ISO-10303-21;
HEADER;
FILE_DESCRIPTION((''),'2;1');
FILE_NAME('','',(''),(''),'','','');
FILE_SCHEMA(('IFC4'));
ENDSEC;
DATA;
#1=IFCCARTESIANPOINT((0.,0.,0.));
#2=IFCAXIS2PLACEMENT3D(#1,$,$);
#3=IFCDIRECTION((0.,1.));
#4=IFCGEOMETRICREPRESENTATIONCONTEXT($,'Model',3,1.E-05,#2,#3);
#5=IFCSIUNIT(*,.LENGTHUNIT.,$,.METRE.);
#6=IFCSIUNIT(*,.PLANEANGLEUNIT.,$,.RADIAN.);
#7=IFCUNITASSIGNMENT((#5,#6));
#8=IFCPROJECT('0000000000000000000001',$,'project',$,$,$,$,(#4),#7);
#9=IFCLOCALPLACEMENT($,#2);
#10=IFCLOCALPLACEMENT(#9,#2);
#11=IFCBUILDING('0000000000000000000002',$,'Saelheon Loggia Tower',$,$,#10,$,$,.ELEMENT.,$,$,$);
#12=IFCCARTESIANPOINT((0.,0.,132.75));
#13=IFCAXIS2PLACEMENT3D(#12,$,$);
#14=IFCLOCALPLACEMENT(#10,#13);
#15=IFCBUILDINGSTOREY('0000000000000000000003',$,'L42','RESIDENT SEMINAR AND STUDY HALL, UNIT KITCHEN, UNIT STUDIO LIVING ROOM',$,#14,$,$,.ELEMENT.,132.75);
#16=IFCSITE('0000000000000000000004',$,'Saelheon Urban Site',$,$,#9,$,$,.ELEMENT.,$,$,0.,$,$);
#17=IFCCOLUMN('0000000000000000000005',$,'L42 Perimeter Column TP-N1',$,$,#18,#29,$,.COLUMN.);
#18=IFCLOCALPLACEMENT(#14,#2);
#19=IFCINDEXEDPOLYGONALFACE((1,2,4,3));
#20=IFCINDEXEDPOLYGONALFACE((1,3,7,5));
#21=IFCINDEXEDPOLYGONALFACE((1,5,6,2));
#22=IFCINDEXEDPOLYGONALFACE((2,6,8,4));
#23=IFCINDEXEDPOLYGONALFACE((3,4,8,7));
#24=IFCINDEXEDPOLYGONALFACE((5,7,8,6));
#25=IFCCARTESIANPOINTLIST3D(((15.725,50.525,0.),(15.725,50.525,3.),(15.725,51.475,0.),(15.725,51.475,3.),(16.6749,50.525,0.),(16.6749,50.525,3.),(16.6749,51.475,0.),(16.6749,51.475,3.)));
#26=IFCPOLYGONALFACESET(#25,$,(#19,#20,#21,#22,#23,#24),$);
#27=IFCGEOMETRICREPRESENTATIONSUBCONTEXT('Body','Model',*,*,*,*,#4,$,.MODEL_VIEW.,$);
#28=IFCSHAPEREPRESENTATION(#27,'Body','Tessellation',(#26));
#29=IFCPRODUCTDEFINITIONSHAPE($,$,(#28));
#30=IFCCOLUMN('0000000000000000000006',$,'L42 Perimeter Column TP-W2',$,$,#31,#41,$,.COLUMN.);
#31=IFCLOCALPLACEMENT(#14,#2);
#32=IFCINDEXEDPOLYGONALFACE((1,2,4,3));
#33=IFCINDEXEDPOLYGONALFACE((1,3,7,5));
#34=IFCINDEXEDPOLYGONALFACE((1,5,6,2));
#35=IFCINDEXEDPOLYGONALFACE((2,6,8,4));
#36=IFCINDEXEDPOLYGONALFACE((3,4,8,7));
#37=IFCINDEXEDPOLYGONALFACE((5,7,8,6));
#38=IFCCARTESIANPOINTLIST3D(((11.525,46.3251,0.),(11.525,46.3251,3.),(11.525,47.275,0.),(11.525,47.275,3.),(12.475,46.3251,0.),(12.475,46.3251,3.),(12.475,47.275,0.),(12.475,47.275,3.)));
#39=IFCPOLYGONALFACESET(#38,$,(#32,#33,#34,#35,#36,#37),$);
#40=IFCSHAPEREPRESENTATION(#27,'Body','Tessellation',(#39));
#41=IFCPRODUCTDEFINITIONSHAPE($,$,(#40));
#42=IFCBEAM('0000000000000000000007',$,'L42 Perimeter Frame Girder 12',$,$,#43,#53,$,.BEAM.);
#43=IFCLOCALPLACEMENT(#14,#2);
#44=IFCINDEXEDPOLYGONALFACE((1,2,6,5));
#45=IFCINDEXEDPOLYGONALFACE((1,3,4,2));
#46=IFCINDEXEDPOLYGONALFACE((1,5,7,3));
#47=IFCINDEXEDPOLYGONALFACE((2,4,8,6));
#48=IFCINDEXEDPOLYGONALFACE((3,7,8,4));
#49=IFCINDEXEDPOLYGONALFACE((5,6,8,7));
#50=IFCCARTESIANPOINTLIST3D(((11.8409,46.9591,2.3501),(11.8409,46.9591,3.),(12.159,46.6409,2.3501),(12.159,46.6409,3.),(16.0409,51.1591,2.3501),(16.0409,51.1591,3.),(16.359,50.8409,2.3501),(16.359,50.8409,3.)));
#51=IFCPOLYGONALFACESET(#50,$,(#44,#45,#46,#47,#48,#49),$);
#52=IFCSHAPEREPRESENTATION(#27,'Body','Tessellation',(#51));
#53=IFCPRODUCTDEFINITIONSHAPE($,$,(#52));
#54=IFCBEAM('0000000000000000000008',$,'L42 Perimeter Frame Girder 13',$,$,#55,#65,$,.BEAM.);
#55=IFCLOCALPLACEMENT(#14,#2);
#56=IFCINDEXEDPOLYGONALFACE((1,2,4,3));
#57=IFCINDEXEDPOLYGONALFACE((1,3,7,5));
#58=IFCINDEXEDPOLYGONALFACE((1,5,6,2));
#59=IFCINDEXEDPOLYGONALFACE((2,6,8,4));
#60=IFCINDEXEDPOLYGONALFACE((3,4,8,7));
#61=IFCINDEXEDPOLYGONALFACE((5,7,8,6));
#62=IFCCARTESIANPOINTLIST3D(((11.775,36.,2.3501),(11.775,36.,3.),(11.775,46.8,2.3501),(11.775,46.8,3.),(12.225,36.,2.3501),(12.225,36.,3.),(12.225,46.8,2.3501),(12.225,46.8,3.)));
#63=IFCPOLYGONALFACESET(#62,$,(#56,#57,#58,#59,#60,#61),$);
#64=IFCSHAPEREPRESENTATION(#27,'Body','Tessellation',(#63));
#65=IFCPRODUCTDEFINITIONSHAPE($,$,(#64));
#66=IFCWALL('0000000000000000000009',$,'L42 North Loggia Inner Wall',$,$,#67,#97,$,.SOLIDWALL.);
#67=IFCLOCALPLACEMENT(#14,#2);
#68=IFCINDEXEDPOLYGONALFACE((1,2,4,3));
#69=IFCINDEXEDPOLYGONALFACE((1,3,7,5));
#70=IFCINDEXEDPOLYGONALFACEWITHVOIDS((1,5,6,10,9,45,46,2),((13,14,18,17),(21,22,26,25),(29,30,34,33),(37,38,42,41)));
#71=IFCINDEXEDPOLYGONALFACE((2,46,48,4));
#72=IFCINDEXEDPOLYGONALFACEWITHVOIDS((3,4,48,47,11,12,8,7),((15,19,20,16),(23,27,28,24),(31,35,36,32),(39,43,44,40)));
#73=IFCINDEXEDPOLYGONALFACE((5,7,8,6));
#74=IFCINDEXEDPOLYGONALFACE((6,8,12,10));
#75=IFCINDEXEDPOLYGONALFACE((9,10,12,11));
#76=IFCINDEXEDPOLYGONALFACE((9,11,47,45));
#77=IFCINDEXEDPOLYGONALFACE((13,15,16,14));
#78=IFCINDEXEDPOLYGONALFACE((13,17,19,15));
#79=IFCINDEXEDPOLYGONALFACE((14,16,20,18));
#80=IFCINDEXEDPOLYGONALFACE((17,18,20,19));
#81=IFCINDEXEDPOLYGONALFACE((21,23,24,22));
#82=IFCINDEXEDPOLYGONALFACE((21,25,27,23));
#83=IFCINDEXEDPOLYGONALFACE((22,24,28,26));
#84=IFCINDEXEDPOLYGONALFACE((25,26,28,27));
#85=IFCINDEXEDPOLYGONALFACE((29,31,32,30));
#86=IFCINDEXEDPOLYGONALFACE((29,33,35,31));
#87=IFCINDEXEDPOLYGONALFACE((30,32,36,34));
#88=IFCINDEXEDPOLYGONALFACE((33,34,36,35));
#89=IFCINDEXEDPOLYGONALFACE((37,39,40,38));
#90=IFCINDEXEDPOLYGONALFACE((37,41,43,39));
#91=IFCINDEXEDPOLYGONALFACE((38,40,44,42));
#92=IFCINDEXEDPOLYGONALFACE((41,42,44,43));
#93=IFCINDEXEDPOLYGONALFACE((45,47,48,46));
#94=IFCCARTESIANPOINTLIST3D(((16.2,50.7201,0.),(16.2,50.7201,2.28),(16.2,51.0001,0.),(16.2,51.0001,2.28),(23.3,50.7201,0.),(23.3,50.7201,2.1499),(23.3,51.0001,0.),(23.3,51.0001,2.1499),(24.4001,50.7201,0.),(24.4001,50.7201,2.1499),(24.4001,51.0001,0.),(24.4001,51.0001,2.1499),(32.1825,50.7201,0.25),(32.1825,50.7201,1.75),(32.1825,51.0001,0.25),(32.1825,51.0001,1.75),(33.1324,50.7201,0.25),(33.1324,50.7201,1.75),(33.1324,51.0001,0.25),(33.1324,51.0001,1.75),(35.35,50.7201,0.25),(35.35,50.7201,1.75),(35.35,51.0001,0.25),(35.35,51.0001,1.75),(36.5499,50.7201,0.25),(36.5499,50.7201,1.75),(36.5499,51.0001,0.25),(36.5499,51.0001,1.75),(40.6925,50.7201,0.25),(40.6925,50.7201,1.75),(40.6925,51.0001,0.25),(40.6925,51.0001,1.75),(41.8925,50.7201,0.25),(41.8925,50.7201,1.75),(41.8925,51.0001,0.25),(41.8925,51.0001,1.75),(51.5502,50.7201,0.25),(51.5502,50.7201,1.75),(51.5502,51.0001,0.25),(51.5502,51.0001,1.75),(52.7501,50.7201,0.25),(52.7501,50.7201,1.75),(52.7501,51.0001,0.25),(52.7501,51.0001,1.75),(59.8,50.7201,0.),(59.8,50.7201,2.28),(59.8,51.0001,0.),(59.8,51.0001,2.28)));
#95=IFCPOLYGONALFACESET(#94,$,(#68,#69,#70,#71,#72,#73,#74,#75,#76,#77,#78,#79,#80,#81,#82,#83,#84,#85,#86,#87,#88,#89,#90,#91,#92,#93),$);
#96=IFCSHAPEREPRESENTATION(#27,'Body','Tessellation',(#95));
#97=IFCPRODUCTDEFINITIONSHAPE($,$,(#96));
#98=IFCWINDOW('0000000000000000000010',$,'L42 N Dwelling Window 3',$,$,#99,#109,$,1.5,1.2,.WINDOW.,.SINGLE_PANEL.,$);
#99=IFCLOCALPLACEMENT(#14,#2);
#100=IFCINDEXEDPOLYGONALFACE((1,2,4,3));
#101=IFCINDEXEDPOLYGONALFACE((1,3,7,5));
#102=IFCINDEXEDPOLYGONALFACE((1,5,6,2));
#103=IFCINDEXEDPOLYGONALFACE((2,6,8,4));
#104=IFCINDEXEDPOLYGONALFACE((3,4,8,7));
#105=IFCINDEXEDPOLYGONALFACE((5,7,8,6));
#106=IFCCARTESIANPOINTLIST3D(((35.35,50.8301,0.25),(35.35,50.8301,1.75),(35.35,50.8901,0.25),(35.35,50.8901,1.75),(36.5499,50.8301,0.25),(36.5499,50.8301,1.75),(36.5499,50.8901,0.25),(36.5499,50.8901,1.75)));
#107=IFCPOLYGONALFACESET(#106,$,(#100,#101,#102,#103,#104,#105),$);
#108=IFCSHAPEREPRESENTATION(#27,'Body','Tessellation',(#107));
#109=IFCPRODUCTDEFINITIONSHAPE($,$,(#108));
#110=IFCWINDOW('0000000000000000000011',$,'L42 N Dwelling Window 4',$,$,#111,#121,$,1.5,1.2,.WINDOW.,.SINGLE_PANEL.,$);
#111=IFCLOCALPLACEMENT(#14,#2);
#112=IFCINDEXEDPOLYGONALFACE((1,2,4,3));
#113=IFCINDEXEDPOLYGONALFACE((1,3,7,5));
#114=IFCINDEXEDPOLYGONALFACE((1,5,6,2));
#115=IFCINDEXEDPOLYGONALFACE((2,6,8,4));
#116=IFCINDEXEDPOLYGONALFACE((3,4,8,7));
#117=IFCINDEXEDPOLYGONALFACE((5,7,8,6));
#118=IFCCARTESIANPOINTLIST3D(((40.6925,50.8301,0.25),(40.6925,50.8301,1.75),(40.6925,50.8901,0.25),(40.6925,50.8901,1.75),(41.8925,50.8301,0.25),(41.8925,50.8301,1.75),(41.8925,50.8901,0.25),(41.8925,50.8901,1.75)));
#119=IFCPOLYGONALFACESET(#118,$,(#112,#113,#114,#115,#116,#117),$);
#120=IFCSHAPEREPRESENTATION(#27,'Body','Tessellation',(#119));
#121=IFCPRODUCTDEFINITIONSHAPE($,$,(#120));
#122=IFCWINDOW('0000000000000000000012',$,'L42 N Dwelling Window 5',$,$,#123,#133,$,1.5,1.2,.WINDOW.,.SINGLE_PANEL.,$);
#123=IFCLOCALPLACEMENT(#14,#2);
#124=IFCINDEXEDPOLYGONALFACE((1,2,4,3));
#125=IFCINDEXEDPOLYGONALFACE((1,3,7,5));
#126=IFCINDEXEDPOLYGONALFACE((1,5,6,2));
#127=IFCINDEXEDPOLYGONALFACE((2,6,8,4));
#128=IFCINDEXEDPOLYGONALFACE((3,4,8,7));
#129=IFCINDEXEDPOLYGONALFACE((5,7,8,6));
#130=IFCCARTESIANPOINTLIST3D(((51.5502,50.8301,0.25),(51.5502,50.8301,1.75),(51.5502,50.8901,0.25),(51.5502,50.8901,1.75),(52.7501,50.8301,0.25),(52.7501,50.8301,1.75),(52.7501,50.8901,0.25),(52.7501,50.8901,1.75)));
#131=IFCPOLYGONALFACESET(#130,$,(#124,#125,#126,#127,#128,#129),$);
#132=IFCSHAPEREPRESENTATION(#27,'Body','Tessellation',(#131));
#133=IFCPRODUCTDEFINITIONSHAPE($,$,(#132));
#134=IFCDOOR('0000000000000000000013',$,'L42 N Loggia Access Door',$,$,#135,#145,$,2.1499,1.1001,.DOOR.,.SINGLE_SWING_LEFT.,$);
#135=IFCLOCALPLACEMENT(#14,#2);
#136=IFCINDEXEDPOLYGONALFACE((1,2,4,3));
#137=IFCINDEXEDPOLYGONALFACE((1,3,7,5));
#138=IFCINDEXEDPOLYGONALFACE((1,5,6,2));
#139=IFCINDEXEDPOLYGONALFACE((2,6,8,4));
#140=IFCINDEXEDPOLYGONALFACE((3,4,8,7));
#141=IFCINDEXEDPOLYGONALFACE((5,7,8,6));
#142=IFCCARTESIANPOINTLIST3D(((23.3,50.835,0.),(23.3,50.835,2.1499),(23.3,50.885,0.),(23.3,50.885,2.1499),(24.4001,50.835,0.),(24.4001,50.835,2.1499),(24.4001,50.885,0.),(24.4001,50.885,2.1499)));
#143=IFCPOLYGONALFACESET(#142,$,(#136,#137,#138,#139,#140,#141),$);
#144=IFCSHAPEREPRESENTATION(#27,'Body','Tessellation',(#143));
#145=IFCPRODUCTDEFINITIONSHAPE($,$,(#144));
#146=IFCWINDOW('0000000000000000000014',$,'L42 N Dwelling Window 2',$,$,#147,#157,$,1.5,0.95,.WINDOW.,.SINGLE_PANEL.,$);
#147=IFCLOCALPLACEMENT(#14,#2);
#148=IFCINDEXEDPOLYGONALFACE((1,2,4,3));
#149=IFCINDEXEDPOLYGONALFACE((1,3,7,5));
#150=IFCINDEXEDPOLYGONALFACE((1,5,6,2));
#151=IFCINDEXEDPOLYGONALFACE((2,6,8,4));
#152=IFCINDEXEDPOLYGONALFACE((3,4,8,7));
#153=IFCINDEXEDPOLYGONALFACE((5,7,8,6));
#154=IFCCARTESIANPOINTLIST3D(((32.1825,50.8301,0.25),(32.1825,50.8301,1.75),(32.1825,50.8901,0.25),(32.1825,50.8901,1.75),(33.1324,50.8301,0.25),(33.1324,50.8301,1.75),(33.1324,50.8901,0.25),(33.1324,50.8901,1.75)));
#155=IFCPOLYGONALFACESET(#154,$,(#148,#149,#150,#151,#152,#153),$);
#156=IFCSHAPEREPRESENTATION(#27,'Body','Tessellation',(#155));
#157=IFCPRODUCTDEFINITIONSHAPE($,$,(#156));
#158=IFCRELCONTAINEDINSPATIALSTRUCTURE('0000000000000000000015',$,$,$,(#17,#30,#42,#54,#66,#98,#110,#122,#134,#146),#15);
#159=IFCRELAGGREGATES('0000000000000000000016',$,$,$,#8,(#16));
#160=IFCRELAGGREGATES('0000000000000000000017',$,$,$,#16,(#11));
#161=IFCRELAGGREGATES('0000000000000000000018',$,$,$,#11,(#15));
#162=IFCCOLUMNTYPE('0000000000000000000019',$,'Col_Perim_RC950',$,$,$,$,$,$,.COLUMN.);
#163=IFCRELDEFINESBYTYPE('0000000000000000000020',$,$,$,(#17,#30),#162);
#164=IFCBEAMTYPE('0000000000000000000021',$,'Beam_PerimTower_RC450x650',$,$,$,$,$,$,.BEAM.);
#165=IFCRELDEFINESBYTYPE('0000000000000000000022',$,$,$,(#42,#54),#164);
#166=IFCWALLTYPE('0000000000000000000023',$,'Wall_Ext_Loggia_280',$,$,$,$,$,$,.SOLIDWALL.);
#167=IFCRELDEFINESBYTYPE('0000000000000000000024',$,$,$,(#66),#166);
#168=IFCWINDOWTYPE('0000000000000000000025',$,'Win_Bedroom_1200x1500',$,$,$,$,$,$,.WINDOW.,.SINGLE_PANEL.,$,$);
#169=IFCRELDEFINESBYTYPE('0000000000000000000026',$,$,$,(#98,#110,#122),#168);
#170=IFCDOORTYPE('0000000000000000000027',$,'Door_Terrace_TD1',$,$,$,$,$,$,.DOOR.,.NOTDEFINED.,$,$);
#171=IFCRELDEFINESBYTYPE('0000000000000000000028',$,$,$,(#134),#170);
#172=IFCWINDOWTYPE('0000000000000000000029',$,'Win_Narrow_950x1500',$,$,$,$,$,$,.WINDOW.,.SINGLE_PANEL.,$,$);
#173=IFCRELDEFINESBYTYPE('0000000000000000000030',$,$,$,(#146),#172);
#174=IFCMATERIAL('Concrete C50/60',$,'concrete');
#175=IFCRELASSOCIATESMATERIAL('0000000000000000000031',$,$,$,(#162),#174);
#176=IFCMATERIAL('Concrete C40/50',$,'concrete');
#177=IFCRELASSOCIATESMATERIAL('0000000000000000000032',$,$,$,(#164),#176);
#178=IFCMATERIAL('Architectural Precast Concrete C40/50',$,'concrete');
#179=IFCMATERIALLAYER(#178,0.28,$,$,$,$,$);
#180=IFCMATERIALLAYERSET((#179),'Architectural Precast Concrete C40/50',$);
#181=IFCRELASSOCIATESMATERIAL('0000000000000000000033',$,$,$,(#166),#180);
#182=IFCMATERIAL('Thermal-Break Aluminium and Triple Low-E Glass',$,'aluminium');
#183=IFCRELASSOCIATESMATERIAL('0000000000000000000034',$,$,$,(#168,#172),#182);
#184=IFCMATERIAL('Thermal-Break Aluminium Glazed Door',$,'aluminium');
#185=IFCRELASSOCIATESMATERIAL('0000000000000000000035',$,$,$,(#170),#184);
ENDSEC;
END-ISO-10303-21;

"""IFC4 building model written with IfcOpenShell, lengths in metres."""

from ifc_helpers import new_model, si_unit, direction, frame, frame_2d, origin, origin_2d, place, context, subcontext, project, spatial, rectangle, extrude, source, transform, mapped, material, layer, layer_set, material_profile, profile_set, type_object, element, fill, save


model = new_model("IFC4")

# Units and contexts
model_context = context("Model", 3, precision=1e-05, world=origin(), true_north=direction((0.0, 1.0)))
body_context = subcontext(model_context, "Body", "Model", "MODEL_VIEW")
ifc_project = project(units=[si_unit("LENGTHUNIT", "METRE"), si_unit("PLANEANGLEUNIT", "RADIAN")], contexts=[model_context])

# Site, building, storey
site_placement = place(None, origin())
site = spatial("IfcSite", under=ifc_project, at=site_placement, Name="Saelheon Urban Site", CompositionType="ELEMENT", RefElevation=0.0)
building_placement = place(site_placement, origin())
building = spatial("IfcBuilding", under=site, at=building_placement, Name="Saelheon Loggia Tower", CompositionType="ELEMENT")
storey_placement = place(building_placement, frame((0.0, 0.0, 132.75)))
storey = spatial("IfcBuildingStorey", under=building, at=storey_placement, Name="L42", Description="RESIDENT SEMINAR AND STUDY HALL, UNIT KITCHEN, UNIT STUDIO LIVING ROOM", CompositionType="ELEMENT", Elevation=132.75)

# Columns
ifc_material_1 = material(Name="Concrete C50/60", Category="concrete")
ifc_material_profile_1 = material_profile(ifc_material_1, rectangle(XDim=0.95, YDim=0.95, at=origin_2d()), Name="RC-950x950")
ifc_profile_set_1 = profile_set([ifc_material_profile_1], Name="Concrete C50/60")
column_type = type_object("IfcColumnType", Name="Col_Perim_RC950", PredefinedType="COLUMN", material=ifc_profile_set_1)
shared_shape_1 = source(origin(), body_context, "Body", "SweptSolid", [
    extrude(rectangle(XDim=0.95, YDim=0.95, at=origin_2d()), origin(), (0.0, 0.0, 1.0), 3.0),
])
for number, where, z_axis, x_axis, name in (
    (1, (16.2, 51.0, 0.0), (0.0, 0.0, 1.0), (1.0, 0.0, 0.0), "L42 Perimeter Column TP-N1"),
    (2, (12.0, 46.8, 0.0), (0.0, 0.0, 1.0), (1.0, 0.0, 0.0), "L42 Perimeter Column TP-W2"),
):
    element("IfcColumn", number, at=place(storey_placement, frame(where, z_axis=z_axis, x_axis=x_axis)), inside=storey, type_object=column_type, Name=name, PredefinedType="COLUMN", context=body_context, shape_type="MappedRepresentation", body=[
        mapped(shared_shape_1, transform((0.0, 0.0, 0.0), scale=1.0)),
    ])

# Beams
ifc_material_2 = material(Name="Concrete C40/50", Category="concrete")
ifc_material_profile_2 = material_profile(ifc_material_2, rectangle(XDim=0.45, YDim=0.6499, at=origin_2d()), Name="RC-450x650")
ifc_profile_set_2 = profile_set([ifc_material_profile_2], Name="Concrete C40/50")
beam_type = type_object("IfcBeamType", Name="Beam_PerimTower_RC450x650", PredefinedType="BEAM", material=ifc_profile_set_2)
shared_shape_2 = source(origin(), body_context, "Body", "SweptSolid", [
    extrude(rectangle(XDim=0.45, YDim=0.6499, at=origin_2d()), origin(), (0.0, 0.0, 1.0), 5.9397),
])
beam_1_placement = place(storey_placement, frame((16.2, 51.0, 2.675), z_axis=(-0.707107, -0.707107, 0.0), x_axis=(0.707107, -0.707107, 0.0)))
element("IfcBeam", 3, at=beam_1_placement, inside=storey, type_object=beam_type, Name="L42 Perimeter Frame Girder 12", PredefinedType="BEAM", context=body_context, shape_type="MappedRepresentation", body=[
    mapped(shared_shape_2, transform((0.0, 0.0, 0.0), scale=1.0)),
])
shared_shape_3 = source(origin(), body_context, "Body", "SweptSolid", [
    extrude(rectangle(XDim=0.45, YDim=0.6499, at=origin_2d()), origin(), (0.0, 0.0, 1.0), 10.8),
])
beam_2_placement = place(storey_placement, frame((12.0, 46.8, 2.675), z_axis=(0.0, -1.0, 0.0), x_axis=(1.0, 0.0, 0.0)))
element("IfcBeam", 4, at=beam_2_placement, inside=storey, type_object=beam_type, Name="L42 Perimeter Frame Girder 13", PredefinedType="BEAM", context=body_context, shape_type="MappedRepresentation", body=[
    mapped(shared_shape_3, transform((0.0, 0.0, 0.0), scale=1.0)),
])

# Wall, openings, windows, door
ifc_material_3 = material(Name="Architectural Precast Concrete C40/50", Category="concrete")
ifc_layer_1 = layer(ifc_material_3, 0.28)
ifc_layer_set_1 = layer_set([ifc_layer_1], Name="Architectural Precast Concrete C40/50")
wall_type_1 = type_object("IfcWallType", Name="Wall_Ext_Loggia_280", PredefinedType="SOLIDWALL", material=ifc_layer_set_1)
wall_1_placement = place(storey_placement, frame((16.2, 50.8601, 0.0), z_axis=(0.0, 0.0, 1.0), x_axis=(1.0, 0.0, 0.0)))
wall_1 = element("IfcWall", 5, at=wall_1_placement, inside=storey, type_object=wall_type_1, Name="L42 North Loggia Inner Wall", PredefinedType="SOLIDWALL", context=body_context, shape_type="SweptSolid", body=[
    extrude(rectangle(XDim=43.6001, YDim=0.28, at=frame_2d((21.8, 0.0))), origin(), (0.0, 0.0, 1.0), 2.28),
])
opening_1_placement = place(wall_1_placement, frame((7.1001, 0.0, 0.0)))
opening_1 = element("IfcOpeningElement", 6, at=opening_1_placement, cuts=wall_1, PredefinedType="OPENING", context=body_context, shape_type="SweptSolid", body=[
    extrude(rectangle(XDim=1.1001, YDim=2.1499, at=frame_2d((0.55, 1.075))), frame((0.0, 0.1521, 0.0), z_axis=(0.0, -1.0, 0.0), x_axis=(1.0, 0.0, 0.0)), (0.0, 0.0, 1.0), 0.304),
])
opening_2_placement = place(wall_1_placement, frame((15.9824, 0.0, 0.25)))
opening_2 = element("IfcOpeningElement", 7, at=opening_2_placement, cuts=wall_1, PredefinedType="OPENING", context=body_context, shape_type="SweptSolid", body=[
    extrude(rectangle(XDim=0.95, YDim=1.5, at=frame_2d((0.4751, 0.75))), frame((0.0, 0.1521, 0.0), z_axis=(0.0, -1.0, 0.0), x_axis=(1.0, 0.0, 0.0)), (0.0, 0.0, 1.0), 0.304),
])
opening_3_placement = place(wall_1_placement, frame((19.1499, 0.0, 0.25)))
opening_3 = element("IfcOpeningElement", 8, at=opening_3_placement, cuts=wall_1, PredefinedType="OPENING", context=body_context, shape_type="SweptSolid", body=[
    extrude(rectangle(XDim=1.2, YDim=1.5, at=frame_2d((0.6001, 0.75))), frame((0.0, 0.1521, 0.0), z_axis=(0.0, -1.0, 0.0), x_axis=(1.0, 0.0, 0.0)), (0.0, 0.0, 1.0), 0.304),
])
opening_4_placement = place(wall_1_placement, frame((24.4924, 0.0, 0.25)))
opening_4 = element("IfcOpeningElement", 9, at=opening_4_placement, cuts=wall_1, PredefinedType="OPENING", context=body_context, shape_type="SweptSolid", body=[
    extrude(rectangle(XDim=1.2, YDim=1.5, at=frame_2d((0.6001, 0.75))), frame((0.0, 0.1521, 0.0), z_axis=(0.0, -1.0, 0.0), x_axis=(1.0, 0.0, 0.0)), (0.0, 0.0, 1.0), 0.304),
])
opening_5_placement = place(wall_1_placement, frame((35.3501, 0.0, 0.25)))
opening_5 = element("IfcOpeningElement", 10, at=opening_5_placement, cuts=wall_1, PredefinedType="OPENING", context=body_context, shape_type="SweptSolid", body=[
    extrude(rectangle(XDim=1.2, YDim=1.5, at=frame_2d((0.6001, 0.75))), frame((0.0, 0.1521, 0.0), z_axis=(0.0, -1.0, 0.0), x_axis=(1.0, 0.0, 0.0)), (0.0, 0.0, 1.0), 0.304),
])
ifc_material_4 = material(Name="Thermal-Break Aluminium and Triple Low-E Glass", Category="aluminium")
window_type_1 = type_object("IfcWindowType", Name="Win_Bedroom_1200x1500", PartitioningType="SINGLE_PANEL", PredefinedType="WINDOW", material=ifc_material_4)
shared_shape_4 = source(origin(), body_context, "Body", "SweptSolid", [
    extrude(rectangle(XDim=1.2, YDim=1.5, at=frame_2d((0.6001, 0.75))), frame((0.0, 0.03, 0.0), z_axis=(0.0, -1.0, 0.0), x_axis=(1.0, 0.0, 0.0)), (0.0, 0.0, 1.0), 0.0601),
])
window_1_placement = place(opening_3_placement, origin())
window_1 = element("IfcWindow", 11, at=window_1_placement, inside=storey, type_object=window_type_1, Name="L42 N Dwelling Window 3", OverallHeight=1.5, OverallWidth=1.2, PartitioningType="SINGLE_PANEL", PredefinedType="WINDOW", context=body_context, shape_type="MappedRepresentation", body=[
    mapped(shared_shape_4, transform((0.0, 0.0, 0.0), scale=1.0)),
])
fill(opening_3, window_1)
window_2_placement = place(opening_4_placement, origin())
window_2 = element("IfcWindow", 12, at=window_2_placement, inside=storey, type_object=window_type_1, Name="L42 N Dwelling Window 4", OverallHeight=1.5, OverallWidth=1.2, PartitioningType="SINGLE_PANEL", PredefinedType="WINDOW", context=body_context, shape_type="MappedRepresentation", body=[
    mapped(shared_shape_4, transform((0.0, 0.0, 0.0), scale=1.0)),
])
fill(opening_4, window_2)
window_3_placement = place(opening_5_placement, origin())
window_3 = element("IfcWindow", 13, at=window_3_placement, inside=storey, type_object=window_type_1, Name="L42 N Dwelling Window 5", OverallHeight=1.5, OverallWidth=1.2, PartitioningType="SINGLE_PANEL", PredefinedType="WINDOW", context=body_context, shape_type="MappedRepresentation", body=[
    mapped(shared_shape_4, transform((0.0, 0.0, 0.0), scale=1.0)),
])
fill(opening_5, window_3)
ifc_material_5 = material(Name="Thermal-Break Aluminium Glazed Door", Category="aluminium")
door_type_1 = type_object("IfcDoorType", Name="Door_Terrace_TD1", OperationType="NOTDEFINED", PredefinedType="DOOR", material=ifc_material_5)
shared_shape_5 = source(origin(), body_context, "Body", "SweptSolid", [
    extrude(rectangle(XDim=1.1001, YDim=2.1499, at=frame_2d((0.55, 1.075))), frame((0.0, 0.0249, 0.0), z_axis=(0.0, -1.0, 0.0), x_axis=(1.0, 0.0, 0.0)), (0.0, 0.0, 1.0), 0.05),
])
door_1_placement = place(opening_1_placement, origin())
door_1 = element("IfcDoor", 14, at=door_1_placement, inside=storey, type_object=door_type_1, Name="L42 N Loggia Access Door", OperationType="SINGLE_SWING_LEFT", OverallHeight=2.1499, OverallWidth=1.1001, PredefinedType="DOOR", context=body_context, shape_type="MappedRepresentation", body=[
    mapped(shared_shape_5, transform((0.0, 0.0, 0.0), scale=1.0)),
])
fill(opening_1, door_1)
window_type_2 = type_object("IfcWindowType", Name="Win_Narrow_950x1500", PartitioningType="SINGLE_PANEL", PredefinedType="WINDOW", material=ifc_material_4)
shared_shape_6 = source(origin(), body_context, "Body", "SweptSolid", [
    extrude(rectangle(XDim=0.95, YDim=1.5, at=frame_2d((0.4751, 0.75))), frame((0.0, 0.03, 0.0), z_axis=(0.0, -1.0, 0.0), x_axis=(1.0, 0.0, 0.0)), (0.0, 0.0, 1.0), 0.0601),
])
window_4_placement = place(opening_2_placement, origin())
window_4 = element("IfcWindow", 15, at=window_4_placement, inside=storey, type_object=window_type_2, Name="L42 N Dwelling Window 2", OverallHeight=1.5, OverallWidth=0.95, PartitioningType="SINGLE_PANEL", PredefinedType="WINDOW", context=body_context, shape_type="MappedRepresentation", body=[
    mapped(shared_shape_6, transform((0.0, 0.0, 0.0), scale=1.0)),
])
fill(opening_2, window_4)

save(model, "model.ifc")
